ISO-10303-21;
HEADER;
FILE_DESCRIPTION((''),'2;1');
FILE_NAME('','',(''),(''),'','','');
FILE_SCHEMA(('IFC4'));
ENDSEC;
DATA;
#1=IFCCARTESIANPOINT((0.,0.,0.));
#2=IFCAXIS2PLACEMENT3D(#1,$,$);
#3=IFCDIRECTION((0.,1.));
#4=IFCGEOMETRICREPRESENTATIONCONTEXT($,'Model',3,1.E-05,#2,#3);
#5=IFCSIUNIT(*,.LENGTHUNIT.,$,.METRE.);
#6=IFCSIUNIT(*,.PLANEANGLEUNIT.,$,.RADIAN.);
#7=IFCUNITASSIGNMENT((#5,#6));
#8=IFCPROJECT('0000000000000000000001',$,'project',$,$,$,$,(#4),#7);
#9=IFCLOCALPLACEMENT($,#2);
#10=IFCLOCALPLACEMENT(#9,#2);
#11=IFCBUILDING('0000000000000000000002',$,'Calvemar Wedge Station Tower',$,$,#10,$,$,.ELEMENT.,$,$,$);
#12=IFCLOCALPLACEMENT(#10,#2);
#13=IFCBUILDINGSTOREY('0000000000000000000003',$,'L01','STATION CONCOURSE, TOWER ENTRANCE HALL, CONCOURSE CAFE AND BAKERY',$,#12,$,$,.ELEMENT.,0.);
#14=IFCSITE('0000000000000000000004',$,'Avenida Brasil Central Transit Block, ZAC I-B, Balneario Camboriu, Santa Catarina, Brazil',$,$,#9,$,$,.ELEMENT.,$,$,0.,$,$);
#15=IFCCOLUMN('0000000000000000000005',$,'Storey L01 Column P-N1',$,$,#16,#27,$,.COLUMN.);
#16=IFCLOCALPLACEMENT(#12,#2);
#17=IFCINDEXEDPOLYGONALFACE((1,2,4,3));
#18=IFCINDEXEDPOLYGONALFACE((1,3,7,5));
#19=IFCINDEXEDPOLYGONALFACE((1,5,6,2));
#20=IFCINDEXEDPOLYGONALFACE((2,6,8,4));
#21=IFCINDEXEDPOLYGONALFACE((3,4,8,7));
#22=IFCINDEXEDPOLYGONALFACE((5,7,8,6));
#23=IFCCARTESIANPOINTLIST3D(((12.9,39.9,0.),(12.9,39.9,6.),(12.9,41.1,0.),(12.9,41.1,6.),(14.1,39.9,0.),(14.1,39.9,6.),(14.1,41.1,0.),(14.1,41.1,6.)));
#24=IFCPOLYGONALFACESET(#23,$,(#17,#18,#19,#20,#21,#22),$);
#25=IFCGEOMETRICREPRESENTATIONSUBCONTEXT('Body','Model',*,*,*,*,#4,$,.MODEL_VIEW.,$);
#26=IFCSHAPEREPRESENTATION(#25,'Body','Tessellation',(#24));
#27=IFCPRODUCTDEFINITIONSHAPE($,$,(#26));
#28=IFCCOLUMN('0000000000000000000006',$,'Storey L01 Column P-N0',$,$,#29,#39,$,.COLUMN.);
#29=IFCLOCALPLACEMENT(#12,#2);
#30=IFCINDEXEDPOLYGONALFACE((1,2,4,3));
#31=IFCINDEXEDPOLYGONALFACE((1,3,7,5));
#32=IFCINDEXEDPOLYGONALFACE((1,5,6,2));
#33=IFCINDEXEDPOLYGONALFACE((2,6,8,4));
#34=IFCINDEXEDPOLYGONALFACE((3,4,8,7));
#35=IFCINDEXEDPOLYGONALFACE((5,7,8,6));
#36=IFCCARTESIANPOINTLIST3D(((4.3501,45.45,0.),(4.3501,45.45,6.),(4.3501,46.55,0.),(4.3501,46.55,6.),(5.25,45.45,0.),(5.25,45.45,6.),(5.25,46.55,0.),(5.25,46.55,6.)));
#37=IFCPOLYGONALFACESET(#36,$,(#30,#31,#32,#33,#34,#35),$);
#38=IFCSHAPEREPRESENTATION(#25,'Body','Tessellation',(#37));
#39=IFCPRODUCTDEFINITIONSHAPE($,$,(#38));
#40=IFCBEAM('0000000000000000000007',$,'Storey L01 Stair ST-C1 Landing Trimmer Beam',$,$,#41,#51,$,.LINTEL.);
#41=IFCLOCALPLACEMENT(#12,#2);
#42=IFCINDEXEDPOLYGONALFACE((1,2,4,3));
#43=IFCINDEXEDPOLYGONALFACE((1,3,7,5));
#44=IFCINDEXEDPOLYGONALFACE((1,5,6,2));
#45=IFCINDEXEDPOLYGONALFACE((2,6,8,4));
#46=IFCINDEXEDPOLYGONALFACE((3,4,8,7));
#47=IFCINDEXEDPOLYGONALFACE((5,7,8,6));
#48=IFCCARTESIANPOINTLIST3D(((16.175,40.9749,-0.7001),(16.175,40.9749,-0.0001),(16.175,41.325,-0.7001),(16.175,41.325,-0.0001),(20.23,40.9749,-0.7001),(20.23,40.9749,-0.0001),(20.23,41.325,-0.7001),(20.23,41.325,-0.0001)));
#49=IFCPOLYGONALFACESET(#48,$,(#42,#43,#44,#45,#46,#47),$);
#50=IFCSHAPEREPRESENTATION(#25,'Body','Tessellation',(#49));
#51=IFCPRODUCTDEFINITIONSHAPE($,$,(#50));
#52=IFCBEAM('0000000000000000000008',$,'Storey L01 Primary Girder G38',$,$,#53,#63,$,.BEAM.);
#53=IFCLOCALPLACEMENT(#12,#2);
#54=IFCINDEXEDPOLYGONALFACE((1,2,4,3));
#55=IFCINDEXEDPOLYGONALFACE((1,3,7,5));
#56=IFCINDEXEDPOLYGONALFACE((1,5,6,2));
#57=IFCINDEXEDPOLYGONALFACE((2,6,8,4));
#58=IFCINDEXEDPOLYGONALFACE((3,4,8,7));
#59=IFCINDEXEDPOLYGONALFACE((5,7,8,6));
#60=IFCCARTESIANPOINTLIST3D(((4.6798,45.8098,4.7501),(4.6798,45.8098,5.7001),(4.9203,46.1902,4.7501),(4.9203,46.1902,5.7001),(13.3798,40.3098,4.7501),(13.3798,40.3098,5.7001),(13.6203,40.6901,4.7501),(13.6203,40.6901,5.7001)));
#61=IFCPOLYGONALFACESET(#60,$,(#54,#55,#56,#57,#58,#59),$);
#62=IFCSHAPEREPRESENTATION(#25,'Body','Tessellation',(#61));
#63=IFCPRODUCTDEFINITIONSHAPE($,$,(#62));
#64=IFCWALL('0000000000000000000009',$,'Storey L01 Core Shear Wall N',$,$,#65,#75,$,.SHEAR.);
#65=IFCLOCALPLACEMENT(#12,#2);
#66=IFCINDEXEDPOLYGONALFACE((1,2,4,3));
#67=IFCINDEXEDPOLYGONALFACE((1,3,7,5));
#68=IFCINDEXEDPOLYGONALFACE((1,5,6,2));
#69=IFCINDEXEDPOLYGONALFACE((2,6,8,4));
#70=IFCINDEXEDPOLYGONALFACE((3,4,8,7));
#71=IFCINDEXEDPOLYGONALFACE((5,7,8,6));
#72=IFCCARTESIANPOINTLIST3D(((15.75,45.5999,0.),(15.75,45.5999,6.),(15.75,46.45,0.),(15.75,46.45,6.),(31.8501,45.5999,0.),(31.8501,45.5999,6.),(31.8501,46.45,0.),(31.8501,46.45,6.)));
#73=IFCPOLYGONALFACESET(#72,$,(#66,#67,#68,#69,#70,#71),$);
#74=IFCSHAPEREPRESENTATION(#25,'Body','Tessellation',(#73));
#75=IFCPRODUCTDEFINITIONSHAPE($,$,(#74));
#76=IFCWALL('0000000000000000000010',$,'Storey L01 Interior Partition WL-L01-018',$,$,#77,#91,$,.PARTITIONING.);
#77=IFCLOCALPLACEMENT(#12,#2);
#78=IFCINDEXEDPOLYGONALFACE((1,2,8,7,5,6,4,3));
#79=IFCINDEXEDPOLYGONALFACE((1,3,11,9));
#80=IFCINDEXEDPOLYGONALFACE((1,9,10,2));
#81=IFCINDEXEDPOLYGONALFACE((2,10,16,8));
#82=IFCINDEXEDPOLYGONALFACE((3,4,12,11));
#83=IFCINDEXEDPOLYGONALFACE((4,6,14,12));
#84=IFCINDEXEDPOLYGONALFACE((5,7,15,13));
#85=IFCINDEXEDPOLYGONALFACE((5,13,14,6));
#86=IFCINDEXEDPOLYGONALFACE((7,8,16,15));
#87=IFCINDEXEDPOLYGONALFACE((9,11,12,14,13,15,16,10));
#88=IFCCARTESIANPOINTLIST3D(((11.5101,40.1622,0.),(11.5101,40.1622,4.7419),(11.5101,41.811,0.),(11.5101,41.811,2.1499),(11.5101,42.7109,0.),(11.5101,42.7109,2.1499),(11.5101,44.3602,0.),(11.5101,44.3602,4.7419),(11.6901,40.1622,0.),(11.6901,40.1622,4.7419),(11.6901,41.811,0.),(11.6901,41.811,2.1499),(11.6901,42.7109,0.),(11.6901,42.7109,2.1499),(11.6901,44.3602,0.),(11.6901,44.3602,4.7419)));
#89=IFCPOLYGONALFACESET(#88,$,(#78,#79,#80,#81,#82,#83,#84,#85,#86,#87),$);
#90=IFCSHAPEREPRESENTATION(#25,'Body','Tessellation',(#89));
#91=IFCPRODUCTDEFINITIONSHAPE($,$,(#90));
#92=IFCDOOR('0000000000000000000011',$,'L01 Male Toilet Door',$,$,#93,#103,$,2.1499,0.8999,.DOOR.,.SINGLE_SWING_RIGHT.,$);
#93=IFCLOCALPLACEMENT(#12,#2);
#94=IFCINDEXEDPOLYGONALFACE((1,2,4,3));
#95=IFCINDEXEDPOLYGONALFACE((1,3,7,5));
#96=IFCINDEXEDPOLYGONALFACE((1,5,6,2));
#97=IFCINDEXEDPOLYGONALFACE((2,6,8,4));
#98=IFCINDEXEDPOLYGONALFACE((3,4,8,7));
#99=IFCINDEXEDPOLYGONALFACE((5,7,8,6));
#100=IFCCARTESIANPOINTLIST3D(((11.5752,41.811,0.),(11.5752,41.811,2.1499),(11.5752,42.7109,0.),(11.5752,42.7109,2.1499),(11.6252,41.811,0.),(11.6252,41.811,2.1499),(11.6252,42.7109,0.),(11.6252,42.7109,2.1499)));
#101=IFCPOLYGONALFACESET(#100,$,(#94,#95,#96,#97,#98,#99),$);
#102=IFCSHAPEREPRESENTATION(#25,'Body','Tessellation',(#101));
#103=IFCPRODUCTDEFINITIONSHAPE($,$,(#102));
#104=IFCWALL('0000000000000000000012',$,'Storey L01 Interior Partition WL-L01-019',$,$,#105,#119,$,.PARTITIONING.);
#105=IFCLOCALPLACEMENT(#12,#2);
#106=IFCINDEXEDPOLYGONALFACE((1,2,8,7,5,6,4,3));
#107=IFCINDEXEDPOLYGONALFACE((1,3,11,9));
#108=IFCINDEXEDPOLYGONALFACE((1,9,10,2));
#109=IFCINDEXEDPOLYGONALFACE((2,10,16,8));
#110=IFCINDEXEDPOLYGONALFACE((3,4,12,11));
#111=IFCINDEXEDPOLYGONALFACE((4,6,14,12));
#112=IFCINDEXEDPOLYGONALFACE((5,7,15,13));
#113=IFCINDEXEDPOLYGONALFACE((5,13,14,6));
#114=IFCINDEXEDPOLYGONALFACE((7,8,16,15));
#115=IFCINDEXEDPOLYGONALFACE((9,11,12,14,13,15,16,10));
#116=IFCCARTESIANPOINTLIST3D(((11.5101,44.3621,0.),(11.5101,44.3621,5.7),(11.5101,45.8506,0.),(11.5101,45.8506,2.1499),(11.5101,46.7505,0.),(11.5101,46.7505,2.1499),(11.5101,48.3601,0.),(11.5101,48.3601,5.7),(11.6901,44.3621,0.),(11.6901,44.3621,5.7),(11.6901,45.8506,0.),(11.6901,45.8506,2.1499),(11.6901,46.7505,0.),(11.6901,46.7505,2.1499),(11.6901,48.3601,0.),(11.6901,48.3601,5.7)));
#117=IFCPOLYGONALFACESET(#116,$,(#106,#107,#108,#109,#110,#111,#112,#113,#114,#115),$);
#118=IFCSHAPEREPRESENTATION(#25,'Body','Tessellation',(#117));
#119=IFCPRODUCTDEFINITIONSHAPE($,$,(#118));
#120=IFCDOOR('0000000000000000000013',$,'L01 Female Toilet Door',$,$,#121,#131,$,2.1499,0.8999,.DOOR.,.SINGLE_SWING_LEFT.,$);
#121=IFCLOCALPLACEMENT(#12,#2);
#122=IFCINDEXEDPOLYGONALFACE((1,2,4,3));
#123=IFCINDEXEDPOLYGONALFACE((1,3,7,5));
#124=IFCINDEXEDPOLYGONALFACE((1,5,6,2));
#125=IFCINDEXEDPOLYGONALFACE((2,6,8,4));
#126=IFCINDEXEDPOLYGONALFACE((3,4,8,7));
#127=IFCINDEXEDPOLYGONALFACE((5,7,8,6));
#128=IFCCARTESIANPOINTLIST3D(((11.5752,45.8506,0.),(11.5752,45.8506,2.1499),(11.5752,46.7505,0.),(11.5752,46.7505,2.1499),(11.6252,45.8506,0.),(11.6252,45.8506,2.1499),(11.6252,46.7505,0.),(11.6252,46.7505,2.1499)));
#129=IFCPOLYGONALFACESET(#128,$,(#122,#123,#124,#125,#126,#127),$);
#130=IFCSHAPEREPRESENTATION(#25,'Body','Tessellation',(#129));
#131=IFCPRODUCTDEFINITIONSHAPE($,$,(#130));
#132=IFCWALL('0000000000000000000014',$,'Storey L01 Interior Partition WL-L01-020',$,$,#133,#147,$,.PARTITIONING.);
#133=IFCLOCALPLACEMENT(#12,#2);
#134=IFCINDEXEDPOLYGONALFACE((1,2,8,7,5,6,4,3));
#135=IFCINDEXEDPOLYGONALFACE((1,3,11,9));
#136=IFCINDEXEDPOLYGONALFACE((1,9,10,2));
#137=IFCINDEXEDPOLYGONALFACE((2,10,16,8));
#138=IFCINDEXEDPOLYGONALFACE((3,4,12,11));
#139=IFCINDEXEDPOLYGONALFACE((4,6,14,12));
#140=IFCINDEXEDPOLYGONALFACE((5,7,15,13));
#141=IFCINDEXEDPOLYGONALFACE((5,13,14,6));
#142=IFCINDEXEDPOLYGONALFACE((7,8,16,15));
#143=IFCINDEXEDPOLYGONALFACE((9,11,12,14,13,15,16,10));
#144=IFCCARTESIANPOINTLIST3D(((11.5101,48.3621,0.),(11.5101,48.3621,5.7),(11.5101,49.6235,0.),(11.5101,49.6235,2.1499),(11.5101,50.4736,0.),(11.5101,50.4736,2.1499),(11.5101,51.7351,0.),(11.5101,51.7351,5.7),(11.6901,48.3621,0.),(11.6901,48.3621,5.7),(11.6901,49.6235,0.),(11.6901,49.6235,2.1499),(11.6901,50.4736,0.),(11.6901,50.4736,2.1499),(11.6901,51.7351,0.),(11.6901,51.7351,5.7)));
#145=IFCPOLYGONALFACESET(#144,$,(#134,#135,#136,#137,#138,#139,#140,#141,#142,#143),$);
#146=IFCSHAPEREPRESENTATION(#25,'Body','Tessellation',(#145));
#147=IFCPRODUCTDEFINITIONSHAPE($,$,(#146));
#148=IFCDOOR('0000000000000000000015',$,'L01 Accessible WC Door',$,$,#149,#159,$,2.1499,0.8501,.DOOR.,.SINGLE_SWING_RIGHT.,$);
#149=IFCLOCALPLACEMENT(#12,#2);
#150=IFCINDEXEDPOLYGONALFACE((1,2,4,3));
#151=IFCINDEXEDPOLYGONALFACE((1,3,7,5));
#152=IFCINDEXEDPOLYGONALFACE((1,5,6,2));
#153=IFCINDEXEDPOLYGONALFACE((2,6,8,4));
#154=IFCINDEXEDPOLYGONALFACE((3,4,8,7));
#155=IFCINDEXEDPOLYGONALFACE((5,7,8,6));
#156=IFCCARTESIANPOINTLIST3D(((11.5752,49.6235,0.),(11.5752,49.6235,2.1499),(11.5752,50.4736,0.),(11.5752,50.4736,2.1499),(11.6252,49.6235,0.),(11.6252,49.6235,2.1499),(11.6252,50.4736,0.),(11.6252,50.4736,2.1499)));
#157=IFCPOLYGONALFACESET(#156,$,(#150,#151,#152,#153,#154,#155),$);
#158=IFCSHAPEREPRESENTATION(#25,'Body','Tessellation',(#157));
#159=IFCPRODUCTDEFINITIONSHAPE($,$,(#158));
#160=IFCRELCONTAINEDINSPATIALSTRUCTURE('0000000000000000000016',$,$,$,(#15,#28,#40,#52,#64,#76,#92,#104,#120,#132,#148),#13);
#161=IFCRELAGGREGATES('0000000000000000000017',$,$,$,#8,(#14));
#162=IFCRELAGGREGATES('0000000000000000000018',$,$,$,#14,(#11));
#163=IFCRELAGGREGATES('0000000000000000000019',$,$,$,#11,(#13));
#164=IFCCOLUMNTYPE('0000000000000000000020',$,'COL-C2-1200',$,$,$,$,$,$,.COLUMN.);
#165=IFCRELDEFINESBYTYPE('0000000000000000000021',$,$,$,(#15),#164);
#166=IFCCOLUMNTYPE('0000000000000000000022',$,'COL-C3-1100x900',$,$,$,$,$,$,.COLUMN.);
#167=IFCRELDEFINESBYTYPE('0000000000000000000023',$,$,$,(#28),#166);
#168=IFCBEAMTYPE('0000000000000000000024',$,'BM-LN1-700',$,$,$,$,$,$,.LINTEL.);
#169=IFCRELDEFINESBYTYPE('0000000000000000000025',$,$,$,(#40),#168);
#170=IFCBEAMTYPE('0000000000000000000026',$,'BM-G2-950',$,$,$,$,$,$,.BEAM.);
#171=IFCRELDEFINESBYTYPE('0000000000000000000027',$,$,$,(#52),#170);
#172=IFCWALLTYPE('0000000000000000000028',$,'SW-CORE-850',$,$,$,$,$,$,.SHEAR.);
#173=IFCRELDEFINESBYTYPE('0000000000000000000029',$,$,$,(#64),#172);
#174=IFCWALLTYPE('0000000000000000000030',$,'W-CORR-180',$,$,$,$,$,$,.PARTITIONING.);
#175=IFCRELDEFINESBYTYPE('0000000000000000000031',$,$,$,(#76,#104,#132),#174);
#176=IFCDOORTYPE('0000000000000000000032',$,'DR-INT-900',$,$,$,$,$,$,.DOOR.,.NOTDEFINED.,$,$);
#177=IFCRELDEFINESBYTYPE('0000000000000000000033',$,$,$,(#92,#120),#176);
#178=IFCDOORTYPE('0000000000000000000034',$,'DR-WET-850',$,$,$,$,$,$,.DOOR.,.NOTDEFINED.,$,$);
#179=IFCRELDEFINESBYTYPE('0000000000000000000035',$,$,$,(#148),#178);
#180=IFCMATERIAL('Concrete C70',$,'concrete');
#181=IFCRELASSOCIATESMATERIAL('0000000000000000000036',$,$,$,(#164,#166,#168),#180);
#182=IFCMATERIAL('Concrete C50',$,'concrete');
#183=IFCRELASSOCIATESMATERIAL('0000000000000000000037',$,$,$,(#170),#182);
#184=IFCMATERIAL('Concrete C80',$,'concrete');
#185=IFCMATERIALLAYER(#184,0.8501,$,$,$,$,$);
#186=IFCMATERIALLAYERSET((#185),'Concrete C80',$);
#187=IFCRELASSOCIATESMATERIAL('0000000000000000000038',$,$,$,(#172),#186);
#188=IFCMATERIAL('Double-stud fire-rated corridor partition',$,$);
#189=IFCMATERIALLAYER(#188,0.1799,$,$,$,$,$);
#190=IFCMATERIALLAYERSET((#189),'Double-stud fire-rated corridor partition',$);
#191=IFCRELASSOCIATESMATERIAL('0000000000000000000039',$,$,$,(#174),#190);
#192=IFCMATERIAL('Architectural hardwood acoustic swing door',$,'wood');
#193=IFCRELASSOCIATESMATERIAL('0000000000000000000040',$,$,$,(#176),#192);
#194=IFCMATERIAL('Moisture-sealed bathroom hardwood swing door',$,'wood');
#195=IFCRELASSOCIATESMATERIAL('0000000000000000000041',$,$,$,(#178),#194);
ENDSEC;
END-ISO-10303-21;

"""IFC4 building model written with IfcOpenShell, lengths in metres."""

from ifc_helpers import new_model, si_unit, direction, frame, frame_2d, origin, origin_2d, place, context, subcontext, project, spatial, rectangle, extrude, source, transform, mapped, material, layer, layer_set, material_profile, profile_set, type_object, element, fill, save


model = new_model("IFC4")

# Units and contexts
model_context = context("Model", 3, precision=1e-05, world=origin(), true_north=direction((0.0, 1.0)))
body_context = subcontext(model_context, "Body", "Model", "MODEL_VIEW")
ifc_project = project(units=[si_unit("LENGTHUNIT", "METRE"), si_unit("PLANEANGLEUNIT", "RADIAN")], contexts=[model_context])

# Site, building, storey
site_placement = place(None, origin())
site = spatial("IfcSite", under=ifc_project, at=site_placement, Name="Avenida Brasil Central Transit Block, ZAC I-B, Balneario Camboriu, Santa Catarina, Brazil", CompositionType="ELEMENT", RefElevation=0.0)
building_placement = place(site_placement, origin())
building = spatial("IfcBuilding", under=site, at=building_placement, Name="Calvemar Wedge Station Tower", CompositionType="ELEMENT")
storey_placement = place(building_placement, origin())
storey = spatial("IfcBuildingStorey", under=building, at=storey_placement, Name="L01", Description="STATION CONCOURSE, TOWER ENTRANCE HALL, CONCOURSE CAFE AND BAKERY", CompositionType="ELEMENT", Elevation=0.0)

# Columns
ifc_material_1 = material(Name="Concrete C70", Category="concrete")
ifc_material_profile_1 = material_profile(ifc_material_1, rectangle(XDim=1.2, YDim=1.2, at=origin_2d()), Name="RC1200x1200")
ifc_profile_set_1 = profile_set([ifc_material_profile_1], Name="Concrete C70")
column_type_1 = type_object("IfcColumnType", Name="COL-C2-1200", PredefinedType="COLUMN", material=ifc_profile_set_1)
shared_shape_1 = source(origin(), body_context, "Body", "SweptSolid", [
    extrude(rectangle(XDim=1.2, YDim=1.2, at=origin_2d()), origin(), (0.0, 0.0, 1.0), 6.0),
])
column_1_placement = place(storey_placement, frame((13.5, 40.5, 0.0), z_axis=(0.0, 0.0, 1.0), x_axis=(1.0, 0.0, 0.0)))
element("IfcColumn", 1, at=column_1_placement, inside=storey, type_object=column_type_1, Name="Storey L01 Column P-N1", PredefinedType="COLUMN", context=body_context, shape_type="MappedRepresentation", body=[
    mapped(shared_shape_1, transform((0.0, 0.0, 0.0), scale=1.0)),
])
ifc_material_profile_2 = material_profile(ifc_material_1, rectangle(XDim=0.8999, YDim=1.1001, at=origin_2d()), Name="RC1100x900")
ifc_profile_set_2 = profile_set([ifc_material_profile_2], Name="Concrete C70")
column_type_2 = type_object("IfcColumnType", Name="COL-C3-1100x900", PredefinedType="COLUMN", material=ifc_profile_set_2)
shared_shape_2 = source(origin(), body_context, "Body", "SweptSolid", [
    extrude(rectangle(XDim=0.8999, YDim=1.1001, at=origin_2d()), origin(), (0.0, 0.0, 1.0), 6.0),
])
column_2_placement = place(storey_placement, frame((4.8, 46.0, 0.0), z_axis=(0.0, 0.0, 1.0), x_axis=(1.0, 0.0, 0.0)))
element("IfcColumn", 2, at=column_2_placement, inside=storey, type_object=column_type_2, Name="Storey L01 Column P-N0", PredefinedType="COLUMN", context=body_context, shape_type="MappedRepresentation", body=[
    mapped(shared_shape_2, transform((0.0, 0.0, 0.0), scale=1.0)),
])

# Beams
ifc_material_profile_3 = material_profile(ifc_material_1, rectangle(XDim=0.3501, YDim=0.7, at=origin_2d()), Name="RC350x700")
ifc_profile_set_3 = profile_set([ifc_material_profile_3], Name="Concrete C70")
beam_type_1 = type_object("IfcBeamType", Name="BM-LN1-700", PredefinedType="LINTEL", material=ifc_profile_set_3)
shared_shape_3 = source(origin(), body_context, "Body", "SweptSolid", [
    extrude(rectangle(XDim=0.3501, YDim=0.7, at=origin_2d()), origin(), (0.0, 0.0, 1.0), 4.0549),
])
beam_1_placement = place(storey_placement, frame((16.175, 41.1499, -0.3501), z_axis=(1.0, 0.0, 0.0), x_axis=(0.0, 1.0, 0.0)))
element("IfcBeam", 3, at=beam_1_placement, inside=storey, type_object=beam_type_1, Name="Storey L01 Stair ST-C1 Landing Trimmer Beam", PredefinedType="LINTEL", context=body_context, shape_type="MappedRepresentation", body=[
    mapped(shared_shape_3, transform((0.0, 0.0, 0.0), scale=1.0)),
])
ifc_material_2 = material(Name="Concrete C50", Category="concrete")
ifc_material_profile_4 = material_profile(ifc_material_2, rectangle(XDim=0.45, YDim=0.95, at=origin_2d()), Name="RC450x950")
ifc_profile_set_4 = profile_set([ifc_material_profile_4], Name="Concrete C50")
beam_type_2 = type_object("IfcBeamType", Name="BM-G2-950", PredefinedType="BEAM", material=ifc_profile_set_4)
shared_shape_4 = source(origin(), body_context, "Body", "SweptSolid", [
    extrude(rectangle(XDim=0.45, YDim=0.95, at=origin_2d()), origin(), (0.0, 0.0, 1.0), 10.2927),
])
beam_2_placement = place(storey_placement, frame((4.8, 46.0, 5.2251), z_axis=(0.845257, -0.534361, 0.0), x_axis=(0.534361, 0.845257, 0.0)))
element("IfcBeam", 4, at=beam_2_placement, inside=storey, type_object=beam_type_2, Name="Storey L01 Primary Girder G38", PredefinedType="BEAM", context=body_context, shape_type="MappedRepresentation", body=[
    mapped(shared_shape_4, transform((0.0, 0.0, 0.0), scale=1.0)),
])

# Wall
ifc_material_3 = material(Name="Concrete C80", Category="concrete")
ifc_layer_1 = layer(ifc_material_3, 0.8501)
ifc_layer_set_1 = layer_set([ifc_layer_1], Name="Concrete C80")
wall_type_1 = type_object("IfcWallType", Name="SW-CORE-850", PredefinedType="SHEAR", material=ifc_layer_set_1)
wall_1_placement = place(storey_placement, frame((15.75, 46.0249, 0.0), z_axis=(0.0, 0.0, 1.0), x_axis=(1.0, 0.0, 0.0)))
element("IfcWall", 5, at=wall_1_placement, inside=storey, type_object=wall_type_1, Name="Storey L01 Core Shear Wall N", PredefinedType="SHEAR", context=body_context, shape_type="SweptSolid", body=[
    extrude(rectangle(XDim=16.1001, YDim=0.8501, at=frame_2d((8.05, 0.0))), origin(), (0.0, 0.0, 1.0), 6.0),
])

# Walls, openings, doors
ifc_material_4 = material(Name="Double-stud fire-rated corridor partition")
ifc_layer_2 = layer(ifc_material_4, 0.1799)
ifc_layer_set_2 = layer_set([ifc_layer_2], Name="Double-stud fire-rated corridor partition")
wall_type_2 = type_object("IfcWallType", Name="W-CORR-180", PredefinedType="PARTITIONING", material=ifc_layer_set_2)
wall_2_placement = place(storey_placement, frame((11.6001, 40.1621, 0.0), z_axis=(0.0, 0.0, 1.0), x_axis=(0.0, 1.0, 0.0)))
wall_2 = element("IfcWall", 6, at=wall_2_placement, inside=storey, type_object=wall_type_2, Name="Storey L01 Interior Partition WL-L01-018", PredefinedType="PARTITIONING", context=body_context, shape_type="SweptSolid", body=[
    extrude(rectangle(XDim=4.198, YDim=0.1799, at=frame_2d((2.0991, 0.0))), origin(), (0.0, 0.0, 1.0), 4.7419),
])
shared_shape_5 = source(origin(), body_context, "Body", "SweptSolid", [
    extrude(rectangle(XDim=0.8999, YDim=2.1499, at=frame_2d((0.45, 1.075))), frame((0.0, 0.1001, 0.0), z_axis=(0.0, -1.0, 0.0), x_axis=(1.0, 0.0, 0.0)), (0.0, 0.0, 1.0), 0.2),
])
opening_1_placement = place(wall_2_placement, frame((1.6489, 0.0, 0.0)))
opening_1 = element("IfcOpeningElement", 7, at=opening_1_placement, cuts=wall_2, PredefinedType="OPENING", context=body_context, shape_type="MappedRepresentation", body=[
    mapped(shared_shape_5, transform((0.0, 0.0, 0.0), scale=1.0)),
])
ifc_material_5 = material(Name="Architectural hardwood acoustic swing door", Category="wood")
door_type_1 = type_object("IfcDoorType", Name="DR-INT-900", OperationType="NOTDEFINED", PredefinedType="DOOR", material=ifc_material_5)
shared_shape_6 = source(origin(), body_context, "Body", "SweptSolid", [
    extrude(rectangle(XDim=0.8999, YDim=2.1499, at=frame_2d((0.45, 1.075))), frame((0.0, 0.0249, 0.0), z_axis=(0.0, -1.0, 0.0), x_axis=(1.0, 0.0, 0.0)), (0.0, 0.0, 1.0), 0.05),
])
door_1_placement = place(opening_1_placement, origin())
door_1 = element("IfcDoor", 8, at=door_1_placement, inside=storey, type_object=door_type_1, Name="L01 Male Toilet Door", OperationType="SINGLE_SWING_RIGHT", OverallHeight=2.1499, OverallWidth=0.8999, PredefinedType="DOOR", context=body_context, shape_type="MappedRepresentation", body=[
    mapped(shared_shape_6, transform((0.0, 0.0, 0.0), scale=1.0)),
])
fill(opening_1, door_1)
wall_3_placement = place(storey_placement, frame((11.6001, 44.3621, 0.0), z_axis=(0.0, 0.0, 1.0), x_axis=(0.0, 1.0, 0.0)))
wall_3 = element("IfcWall", 9, at=wall_3_placement, inside=storey, type_object=wall_type_2, Name="Storey L01 Interior Partition WL-L01-019", PredefinedType="PARTITIONING", context=body_context, shape_type="SweptSolid", body=[
    extrude(rectangle(XDim=3.998, YDim=0.1799, at=frame_2d((1.999, 0.0))), origin(), (0.0, 0.0, 1.0), 5.7),
])
opening_2_placement = place(wall_3_placement, frame((1.4885, 0.0, 0.0)))
opening_2 = element("IfcOpeningElement", 10, at=opening_2_placement, cuts=wall_3, PredefinedType="OPENING", context=body_context, shape_type="MappedRepresentation", body=[
    mapped(shared_shape_5, transform((0.0, 0.0, 0.0), scale=1.0)),
])
door_2_placement = place(opening_2_placement, origin())
door_2 = element("IfcDoor", 11, at=door_2_placement, inside=storey, type_object=door_type_1, Name="L01 Female Toilet Door", OperationType="SINGLE_SWING_LEFT", OverallHeight=2.1499, OverallWidth=0.8999, PredefinedType="DOOR", context=body_context, shape_type="MappedRepresentation", body=[
    mapped(shared_shape_6, transform((0.0, 0.0, 0.0), scale=1.0)),
])
fill(opening_2, door_2)
wall_4_placement = place(storey_placement, frame((11.6001, 48.3621, 0.0), z_axis=(0.0, 0.0, 1.0), x_axis=(0.0, 1.0, 0.0)))
wall_4 = element("IfcWall", 12, at=wall_4_placement, inside=storey, type_object=wall_type_2, Name="Storey L01 Interior Partition WL-L01-020", PredefinedType="PARTITIONING", context=body_context, shape_type="SweptSolid", body=[
    extrude(rectangle(XDim=3.373, YDim=0.1799, at=frame_2d((1.6865, 0.0))), origin(), (0.0, 0.0, 1.0), 5.7),
])
shared_shape_7 = source(origin(), body_context, "Body", "SweptSolid", [
    extrude(rectangle(XDim=0.8501, YDim=2.1499, at=frame_2d((0.425, 1.075))), frame((0.0, 0.1001, 0.0), z_axis=(0.0, -1.0, 0.0), x_axis=(1.0, 0.0, 0.0)), (0.0, 0.0, 1.0), 0.2),
])
opening_3_placement = place(wall_4_placement, frame((1.2615, 0.0, 0.0)))
opening_3 = element("IfcOpeningElement", 13, at=opening_3_placement, cuts=wall_4, PredefinedType="OPENING", context=body_context, shape_type="MappedRepresentation", body=[
    mapped(shared_shape_7, transform((0.0, 0.0, 0.0), scale=1.0)),
])
ifc_material_6 = material(Name="Moisture-sealed bathroom hardwood swing door", Category="wood")
door_type_2 = type_object("IfcDoorType", Name="DR-WET-850", OperationType="NOTDEFINED", PredefinedType="DOOR", material=ifc_material_6)
shared_shape_8 = source(origin(), body_context, "Body", "SweptSolid", [
    extrude(rectangle(XDim=0.8501, YDim=2.1499, at=frame_2d((0.425, 1.075))), frame((0.0, 0.0249, 0.0), z_axis=(0.0, -1.0, 0.0), x_axis=(1.0, 0.0, 0.0)), (0.0, 0.0, 1.0), 0.05),
])
door_3_placement = place(opening_3_placement, origin())
door_3 = element("IfcDoor", 14, at=door_3_placement, inside=storey, type_object=door_type_2, Name="L01 Accessible WC Door", OperationType="SINGLE_SWING_RIGHT", OverallHeight=2.1499, OverallWidth=0.8501, PredefinedType="DOOR", context=body_context, shape_type="MappedRepresentation", body=[
    mapped(shared_shape_8, transform((0.0, 0.0, 0.0), scale=1.0)),
])
fill(opening_3, door_3)

save(model, "model.ifc")
